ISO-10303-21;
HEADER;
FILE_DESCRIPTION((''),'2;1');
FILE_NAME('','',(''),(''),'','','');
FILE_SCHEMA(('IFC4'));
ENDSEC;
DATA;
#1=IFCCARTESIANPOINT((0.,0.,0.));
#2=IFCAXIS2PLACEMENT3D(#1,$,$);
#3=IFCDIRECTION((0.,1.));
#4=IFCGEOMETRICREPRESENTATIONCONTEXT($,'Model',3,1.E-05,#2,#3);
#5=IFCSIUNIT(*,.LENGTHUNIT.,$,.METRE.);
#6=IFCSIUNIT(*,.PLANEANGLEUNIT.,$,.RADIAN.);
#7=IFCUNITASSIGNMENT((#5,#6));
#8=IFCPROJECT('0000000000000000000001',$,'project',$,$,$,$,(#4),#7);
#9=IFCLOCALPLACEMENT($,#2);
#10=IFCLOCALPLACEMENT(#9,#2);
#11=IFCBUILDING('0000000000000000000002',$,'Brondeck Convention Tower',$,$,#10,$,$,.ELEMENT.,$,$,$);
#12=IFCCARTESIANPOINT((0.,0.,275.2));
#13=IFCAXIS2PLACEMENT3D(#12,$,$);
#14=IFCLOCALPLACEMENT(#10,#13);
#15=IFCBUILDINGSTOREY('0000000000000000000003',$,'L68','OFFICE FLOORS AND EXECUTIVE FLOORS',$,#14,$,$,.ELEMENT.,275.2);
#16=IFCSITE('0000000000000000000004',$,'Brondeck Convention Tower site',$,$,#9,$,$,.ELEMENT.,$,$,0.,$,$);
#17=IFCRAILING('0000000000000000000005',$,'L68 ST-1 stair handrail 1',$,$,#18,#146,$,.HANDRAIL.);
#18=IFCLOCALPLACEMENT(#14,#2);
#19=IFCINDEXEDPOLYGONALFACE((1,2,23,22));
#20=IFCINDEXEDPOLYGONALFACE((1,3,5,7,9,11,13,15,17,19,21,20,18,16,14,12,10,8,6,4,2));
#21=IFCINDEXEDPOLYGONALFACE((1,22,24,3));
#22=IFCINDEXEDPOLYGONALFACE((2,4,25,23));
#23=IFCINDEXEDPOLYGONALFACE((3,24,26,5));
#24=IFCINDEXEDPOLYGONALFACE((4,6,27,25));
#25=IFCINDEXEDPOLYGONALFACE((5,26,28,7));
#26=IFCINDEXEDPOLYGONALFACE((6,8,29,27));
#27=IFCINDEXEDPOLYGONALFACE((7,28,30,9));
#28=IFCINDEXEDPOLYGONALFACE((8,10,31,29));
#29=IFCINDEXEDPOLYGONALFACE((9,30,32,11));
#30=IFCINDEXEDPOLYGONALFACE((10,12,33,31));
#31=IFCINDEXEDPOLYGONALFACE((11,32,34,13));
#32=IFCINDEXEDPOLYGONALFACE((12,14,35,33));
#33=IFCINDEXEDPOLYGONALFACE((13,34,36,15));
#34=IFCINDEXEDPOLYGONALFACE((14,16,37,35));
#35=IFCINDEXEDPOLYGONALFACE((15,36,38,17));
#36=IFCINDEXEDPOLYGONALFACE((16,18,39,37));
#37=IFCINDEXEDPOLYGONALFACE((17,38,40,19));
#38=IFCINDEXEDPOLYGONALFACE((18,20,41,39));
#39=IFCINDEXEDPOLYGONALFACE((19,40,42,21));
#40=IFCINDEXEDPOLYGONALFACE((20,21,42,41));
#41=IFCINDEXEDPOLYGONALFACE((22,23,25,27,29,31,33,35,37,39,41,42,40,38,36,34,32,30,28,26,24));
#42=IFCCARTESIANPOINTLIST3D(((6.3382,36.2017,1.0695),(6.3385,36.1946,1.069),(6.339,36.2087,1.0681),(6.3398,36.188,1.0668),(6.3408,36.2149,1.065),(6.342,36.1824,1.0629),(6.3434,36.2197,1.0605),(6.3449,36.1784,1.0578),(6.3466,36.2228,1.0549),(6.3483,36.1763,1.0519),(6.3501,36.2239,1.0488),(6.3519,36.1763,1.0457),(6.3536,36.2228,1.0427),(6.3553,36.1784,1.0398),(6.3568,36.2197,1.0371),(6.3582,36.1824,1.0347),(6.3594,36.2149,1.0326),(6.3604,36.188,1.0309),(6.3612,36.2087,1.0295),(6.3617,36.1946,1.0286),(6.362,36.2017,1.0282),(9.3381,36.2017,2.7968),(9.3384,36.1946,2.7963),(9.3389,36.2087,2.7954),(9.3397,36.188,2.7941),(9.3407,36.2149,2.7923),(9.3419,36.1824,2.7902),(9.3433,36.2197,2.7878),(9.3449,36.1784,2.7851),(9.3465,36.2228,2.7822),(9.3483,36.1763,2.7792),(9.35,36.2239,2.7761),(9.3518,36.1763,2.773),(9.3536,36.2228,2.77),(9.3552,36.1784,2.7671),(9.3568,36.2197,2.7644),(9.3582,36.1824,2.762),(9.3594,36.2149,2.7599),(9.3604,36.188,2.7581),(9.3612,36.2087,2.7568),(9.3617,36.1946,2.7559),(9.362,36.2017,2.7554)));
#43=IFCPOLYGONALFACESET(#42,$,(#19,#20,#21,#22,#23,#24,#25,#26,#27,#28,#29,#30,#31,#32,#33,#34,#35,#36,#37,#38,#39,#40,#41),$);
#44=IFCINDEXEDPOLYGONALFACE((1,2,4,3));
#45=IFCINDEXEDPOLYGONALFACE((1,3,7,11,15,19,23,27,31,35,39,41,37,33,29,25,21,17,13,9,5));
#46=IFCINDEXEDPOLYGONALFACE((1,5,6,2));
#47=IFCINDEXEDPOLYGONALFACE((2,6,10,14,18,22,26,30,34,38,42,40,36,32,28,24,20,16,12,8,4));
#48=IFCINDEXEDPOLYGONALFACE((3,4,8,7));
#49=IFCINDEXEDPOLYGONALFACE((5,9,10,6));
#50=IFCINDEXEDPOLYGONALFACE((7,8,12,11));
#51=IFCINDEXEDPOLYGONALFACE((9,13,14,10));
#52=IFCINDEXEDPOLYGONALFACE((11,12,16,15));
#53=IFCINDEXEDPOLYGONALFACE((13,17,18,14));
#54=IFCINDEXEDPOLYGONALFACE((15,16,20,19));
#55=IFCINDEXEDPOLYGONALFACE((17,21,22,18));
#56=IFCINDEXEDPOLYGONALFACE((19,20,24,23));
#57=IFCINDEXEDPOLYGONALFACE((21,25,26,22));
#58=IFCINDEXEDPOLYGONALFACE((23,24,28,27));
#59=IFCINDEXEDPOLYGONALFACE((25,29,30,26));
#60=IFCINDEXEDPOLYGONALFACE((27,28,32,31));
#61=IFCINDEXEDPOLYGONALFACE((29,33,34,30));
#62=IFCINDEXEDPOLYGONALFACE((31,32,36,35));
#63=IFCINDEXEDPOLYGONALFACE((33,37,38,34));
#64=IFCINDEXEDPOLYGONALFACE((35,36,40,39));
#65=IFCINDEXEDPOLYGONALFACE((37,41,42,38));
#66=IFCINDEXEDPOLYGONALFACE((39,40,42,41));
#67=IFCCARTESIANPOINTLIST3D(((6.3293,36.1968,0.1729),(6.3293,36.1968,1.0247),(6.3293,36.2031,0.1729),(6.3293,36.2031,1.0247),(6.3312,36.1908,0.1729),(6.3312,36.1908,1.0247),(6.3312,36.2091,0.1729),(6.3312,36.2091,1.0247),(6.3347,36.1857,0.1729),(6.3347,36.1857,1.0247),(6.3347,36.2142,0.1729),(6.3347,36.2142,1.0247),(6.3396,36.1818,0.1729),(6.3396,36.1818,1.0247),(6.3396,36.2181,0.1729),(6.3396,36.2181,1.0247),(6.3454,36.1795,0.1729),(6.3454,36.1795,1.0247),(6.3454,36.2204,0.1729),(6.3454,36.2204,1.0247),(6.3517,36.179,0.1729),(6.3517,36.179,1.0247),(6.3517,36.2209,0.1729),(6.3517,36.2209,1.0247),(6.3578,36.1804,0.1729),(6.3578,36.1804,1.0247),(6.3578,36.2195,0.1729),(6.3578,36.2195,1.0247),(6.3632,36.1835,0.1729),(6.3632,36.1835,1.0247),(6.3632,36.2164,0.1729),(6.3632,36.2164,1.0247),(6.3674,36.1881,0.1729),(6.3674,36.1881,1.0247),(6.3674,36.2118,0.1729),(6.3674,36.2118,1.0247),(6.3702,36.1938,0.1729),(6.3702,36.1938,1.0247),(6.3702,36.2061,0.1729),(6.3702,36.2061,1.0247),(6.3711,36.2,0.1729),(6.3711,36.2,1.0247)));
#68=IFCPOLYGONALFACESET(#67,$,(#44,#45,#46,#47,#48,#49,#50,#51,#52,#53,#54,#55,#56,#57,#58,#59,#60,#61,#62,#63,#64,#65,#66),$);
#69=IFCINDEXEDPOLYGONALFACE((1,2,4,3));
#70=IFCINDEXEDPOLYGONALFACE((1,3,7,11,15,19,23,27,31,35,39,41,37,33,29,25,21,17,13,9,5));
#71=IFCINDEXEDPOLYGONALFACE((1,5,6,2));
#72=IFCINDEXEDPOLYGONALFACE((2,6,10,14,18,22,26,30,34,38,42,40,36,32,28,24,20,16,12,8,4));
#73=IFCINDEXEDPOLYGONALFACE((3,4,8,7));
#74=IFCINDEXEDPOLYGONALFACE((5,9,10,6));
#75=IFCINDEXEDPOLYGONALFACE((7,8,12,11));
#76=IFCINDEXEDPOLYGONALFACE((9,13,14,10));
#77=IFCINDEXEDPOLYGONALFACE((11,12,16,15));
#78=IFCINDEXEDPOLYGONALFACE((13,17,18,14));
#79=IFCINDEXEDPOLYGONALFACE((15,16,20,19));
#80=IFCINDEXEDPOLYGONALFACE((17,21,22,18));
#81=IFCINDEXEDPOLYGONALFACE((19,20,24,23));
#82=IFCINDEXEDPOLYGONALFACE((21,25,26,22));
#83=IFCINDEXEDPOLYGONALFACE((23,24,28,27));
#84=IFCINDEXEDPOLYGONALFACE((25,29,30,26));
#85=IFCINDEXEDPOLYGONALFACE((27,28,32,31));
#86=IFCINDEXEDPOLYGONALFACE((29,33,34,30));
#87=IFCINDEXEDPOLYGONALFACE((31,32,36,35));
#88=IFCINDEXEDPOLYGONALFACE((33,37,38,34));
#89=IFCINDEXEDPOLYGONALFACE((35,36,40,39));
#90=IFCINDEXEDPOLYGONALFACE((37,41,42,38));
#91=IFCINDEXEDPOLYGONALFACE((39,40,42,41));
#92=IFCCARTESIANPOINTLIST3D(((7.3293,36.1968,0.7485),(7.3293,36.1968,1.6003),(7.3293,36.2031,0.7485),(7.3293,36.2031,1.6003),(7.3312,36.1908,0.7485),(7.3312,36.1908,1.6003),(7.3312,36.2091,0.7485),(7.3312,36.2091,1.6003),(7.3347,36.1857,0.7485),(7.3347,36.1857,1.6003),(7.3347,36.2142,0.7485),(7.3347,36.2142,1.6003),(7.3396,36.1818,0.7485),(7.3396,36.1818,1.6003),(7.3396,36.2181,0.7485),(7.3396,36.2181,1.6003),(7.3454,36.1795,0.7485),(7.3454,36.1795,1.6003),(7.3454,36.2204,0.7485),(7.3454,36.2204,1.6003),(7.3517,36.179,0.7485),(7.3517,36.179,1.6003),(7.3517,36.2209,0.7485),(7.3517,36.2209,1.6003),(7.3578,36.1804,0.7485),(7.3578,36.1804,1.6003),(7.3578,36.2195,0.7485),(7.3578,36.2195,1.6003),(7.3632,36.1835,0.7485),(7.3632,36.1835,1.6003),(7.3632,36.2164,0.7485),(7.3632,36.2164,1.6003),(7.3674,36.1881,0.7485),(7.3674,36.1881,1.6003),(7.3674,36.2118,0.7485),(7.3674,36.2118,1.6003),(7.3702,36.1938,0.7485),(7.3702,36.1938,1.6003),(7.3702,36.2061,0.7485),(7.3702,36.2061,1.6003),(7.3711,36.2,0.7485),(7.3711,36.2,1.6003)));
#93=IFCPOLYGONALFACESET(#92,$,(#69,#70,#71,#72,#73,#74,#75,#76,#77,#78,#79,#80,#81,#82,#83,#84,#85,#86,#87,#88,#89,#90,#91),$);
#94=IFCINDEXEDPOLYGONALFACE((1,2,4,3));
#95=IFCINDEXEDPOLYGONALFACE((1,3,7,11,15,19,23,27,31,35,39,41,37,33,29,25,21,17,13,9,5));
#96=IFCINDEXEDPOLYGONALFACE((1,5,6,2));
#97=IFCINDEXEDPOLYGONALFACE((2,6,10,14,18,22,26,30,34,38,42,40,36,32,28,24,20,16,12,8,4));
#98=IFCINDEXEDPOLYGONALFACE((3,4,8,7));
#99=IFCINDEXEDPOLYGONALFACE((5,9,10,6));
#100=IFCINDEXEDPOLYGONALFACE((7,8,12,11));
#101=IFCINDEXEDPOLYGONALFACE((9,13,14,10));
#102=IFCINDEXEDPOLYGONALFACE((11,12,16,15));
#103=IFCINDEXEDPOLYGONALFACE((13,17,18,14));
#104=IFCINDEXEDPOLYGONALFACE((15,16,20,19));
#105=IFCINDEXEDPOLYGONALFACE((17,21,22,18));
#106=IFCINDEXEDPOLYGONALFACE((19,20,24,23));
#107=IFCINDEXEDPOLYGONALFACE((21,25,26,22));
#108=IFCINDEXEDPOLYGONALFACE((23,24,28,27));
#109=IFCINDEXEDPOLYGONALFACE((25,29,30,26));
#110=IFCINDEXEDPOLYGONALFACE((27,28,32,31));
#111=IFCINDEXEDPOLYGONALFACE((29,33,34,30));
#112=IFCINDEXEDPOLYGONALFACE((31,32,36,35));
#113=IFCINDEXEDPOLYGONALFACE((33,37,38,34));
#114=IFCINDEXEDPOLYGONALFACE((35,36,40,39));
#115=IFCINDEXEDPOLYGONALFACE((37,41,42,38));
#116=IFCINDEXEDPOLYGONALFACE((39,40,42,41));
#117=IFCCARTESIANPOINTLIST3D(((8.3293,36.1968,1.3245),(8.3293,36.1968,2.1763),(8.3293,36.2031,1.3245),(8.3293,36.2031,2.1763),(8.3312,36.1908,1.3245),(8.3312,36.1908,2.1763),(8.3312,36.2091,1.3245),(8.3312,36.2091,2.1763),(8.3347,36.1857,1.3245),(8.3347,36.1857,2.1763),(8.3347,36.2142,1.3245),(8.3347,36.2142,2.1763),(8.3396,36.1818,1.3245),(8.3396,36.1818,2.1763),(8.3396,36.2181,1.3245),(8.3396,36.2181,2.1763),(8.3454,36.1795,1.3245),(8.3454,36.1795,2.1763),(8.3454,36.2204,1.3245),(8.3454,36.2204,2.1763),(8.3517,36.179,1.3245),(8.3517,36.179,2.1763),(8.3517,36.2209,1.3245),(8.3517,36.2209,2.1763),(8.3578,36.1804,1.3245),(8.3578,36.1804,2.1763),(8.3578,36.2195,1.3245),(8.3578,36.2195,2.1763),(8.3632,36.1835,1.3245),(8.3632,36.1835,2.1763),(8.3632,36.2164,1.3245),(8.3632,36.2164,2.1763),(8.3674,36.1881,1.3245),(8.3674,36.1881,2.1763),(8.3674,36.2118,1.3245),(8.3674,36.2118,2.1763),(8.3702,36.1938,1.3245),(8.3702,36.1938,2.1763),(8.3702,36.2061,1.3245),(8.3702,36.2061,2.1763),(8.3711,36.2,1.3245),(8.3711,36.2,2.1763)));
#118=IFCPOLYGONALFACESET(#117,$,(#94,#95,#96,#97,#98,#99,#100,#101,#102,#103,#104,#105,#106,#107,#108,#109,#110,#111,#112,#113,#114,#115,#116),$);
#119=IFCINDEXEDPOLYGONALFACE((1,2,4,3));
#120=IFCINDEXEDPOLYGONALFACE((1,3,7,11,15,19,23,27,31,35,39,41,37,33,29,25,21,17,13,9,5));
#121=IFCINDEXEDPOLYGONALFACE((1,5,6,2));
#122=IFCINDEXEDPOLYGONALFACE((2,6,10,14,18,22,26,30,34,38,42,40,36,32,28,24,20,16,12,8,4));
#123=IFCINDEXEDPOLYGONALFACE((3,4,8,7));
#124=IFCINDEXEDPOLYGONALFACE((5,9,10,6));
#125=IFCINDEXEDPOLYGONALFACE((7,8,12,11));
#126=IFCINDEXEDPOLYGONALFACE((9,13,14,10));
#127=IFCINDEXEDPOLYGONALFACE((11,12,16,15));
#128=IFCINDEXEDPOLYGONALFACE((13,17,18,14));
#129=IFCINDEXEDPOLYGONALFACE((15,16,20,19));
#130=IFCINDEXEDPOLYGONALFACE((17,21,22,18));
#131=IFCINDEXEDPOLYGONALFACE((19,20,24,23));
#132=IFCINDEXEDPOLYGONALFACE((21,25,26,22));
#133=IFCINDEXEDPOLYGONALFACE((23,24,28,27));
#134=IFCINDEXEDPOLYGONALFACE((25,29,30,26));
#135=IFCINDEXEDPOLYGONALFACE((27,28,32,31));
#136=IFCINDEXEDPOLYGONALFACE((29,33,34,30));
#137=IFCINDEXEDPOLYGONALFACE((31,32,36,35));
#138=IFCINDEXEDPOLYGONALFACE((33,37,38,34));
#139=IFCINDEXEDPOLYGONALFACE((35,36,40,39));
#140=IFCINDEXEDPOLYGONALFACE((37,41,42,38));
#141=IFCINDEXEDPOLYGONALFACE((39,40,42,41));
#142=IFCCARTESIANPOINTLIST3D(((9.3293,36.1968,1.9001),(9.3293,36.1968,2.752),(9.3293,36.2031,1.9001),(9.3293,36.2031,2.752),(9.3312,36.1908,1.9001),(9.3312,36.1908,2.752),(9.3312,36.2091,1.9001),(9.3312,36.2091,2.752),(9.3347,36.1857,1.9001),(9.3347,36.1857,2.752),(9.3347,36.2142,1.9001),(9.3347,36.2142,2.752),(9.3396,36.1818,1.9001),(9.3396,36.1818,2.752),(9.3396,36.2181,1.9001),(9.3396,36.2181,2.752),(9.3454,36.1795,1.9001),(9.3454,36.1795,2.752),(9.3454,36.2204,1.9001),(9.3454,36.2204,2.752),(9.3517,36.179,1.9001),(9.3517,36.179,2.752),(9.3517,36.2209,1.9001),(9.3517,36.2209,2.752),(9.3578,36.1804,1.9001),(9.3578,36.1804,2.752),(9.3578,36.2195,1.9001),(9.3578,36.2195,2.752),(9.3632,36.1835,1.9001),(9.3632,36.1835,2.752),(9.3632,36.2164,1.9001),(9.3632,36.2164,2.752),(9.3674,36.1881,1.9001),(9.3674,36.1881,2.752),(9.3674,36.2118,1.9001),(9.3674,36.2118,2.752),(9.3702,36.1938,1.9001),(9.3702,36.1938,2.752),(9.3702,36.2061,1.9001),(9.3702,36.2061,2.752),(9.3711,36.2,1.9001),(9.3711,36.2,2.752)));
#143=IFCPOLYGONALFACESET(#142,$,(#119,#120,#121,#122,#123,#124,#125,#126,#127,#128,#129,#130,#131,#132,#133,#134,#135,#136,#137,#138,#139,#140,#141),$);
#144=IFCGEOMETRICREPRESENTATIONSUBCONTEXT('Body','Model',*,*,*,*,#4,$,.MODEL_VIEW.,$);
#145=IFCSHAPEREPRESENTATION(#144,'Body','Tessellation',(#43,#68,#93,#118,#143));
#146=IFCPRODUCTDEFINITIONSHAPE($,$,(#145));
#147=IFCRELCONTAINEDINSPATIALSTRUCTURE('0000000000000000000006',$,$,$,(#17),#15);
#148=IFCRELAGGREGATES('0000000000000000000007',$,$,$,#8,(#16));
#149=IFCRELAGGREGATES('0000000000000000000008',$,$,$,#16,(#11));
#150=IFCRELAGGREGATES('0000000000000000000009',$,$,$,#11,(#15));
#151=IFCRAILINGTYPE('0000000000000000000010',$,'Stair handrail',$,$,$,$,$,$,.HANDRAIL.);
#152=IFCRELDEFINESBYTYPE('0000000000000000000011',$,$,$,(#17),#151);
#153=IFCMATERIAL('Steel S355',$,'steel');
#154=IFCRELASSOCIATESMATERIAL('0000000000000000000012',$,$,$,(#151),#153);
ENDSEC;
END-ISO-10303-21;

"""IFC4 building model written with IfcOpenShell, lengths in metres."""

from ifc_helpers import new_model, si_unit, direction, frame, origin, origin_2d, place, context, subcontext, project, spatial, circle, extrude, material, type_object, element, save


model = new_model("IFC4")

# Units and contexts
model_context = context("Model", 3, precision=1e-05, world=origin(), true_north=direction((0.0, 1.0)))
body_context = subcontext(model_context, "Body", "Model", "MODEL_VIEW")
ifc_project = project(units=[si_unit("LENGTHUNIT", "METRE"), si_unit("PLANEANGLEUNIT", "RADIAN")], contexts=[model_context])

# Site, building, storey
site_placement = place(None, origin())
site = spatial("IfcSite", under=ifc_project, at=site_placement, Name="Brondeck Convention Tower site", CompositionType="ELEMENT", RefElevation=0.0)
building_placement = place(site_placement, origin())
building = spatial("IfcBuilding", under=site, at=building_placement, Name="Brondeck Convention Tower", CompositionType="ELEMENT")
storey_placement = place(building_placement, frame((0.0, 0.0, 275.2)))
storey = spatial("IfcBuildingStorey", under=building, at=storey_placement, Name="L68", Description="OFFICE FLOORS AND EXECUTIVE FLOORS", CompositionType="ELEMENT", Elevation=275.2)

# Railing
ifc_material_1 = material(Name="Steel S355", Category="steel")
railing_type_1 = type_object("IfcRailingType", Name="Stair handrail", PredefinedType="HANDRAIL", material=ifc_material_1)
railing_1_placement = place(storey_placement, frame((6.3501, 36.2, 0.1729)))
element("IfcRailing", 1, at=railing_1_placement, inside=storey, type_object=railing_type_1, Name="L68 ST-1 stair handrail 1", PredefinedType="HANDRAIL", context=body_context, shape_type="SweptSolid", body=[
    extrude(circle(Radius=0.0239, at=origin_2d()), frame((0.0, 0.0, 0.876), z_axis=(0.86662, 0.0, 0.498969), x_axis=(0.0, 1.0, 0.0)), (0.0, 0.0, 1.0), 3.4617),
    extrude(circle(Radius=0.021, at=origin_2d()), origin(), (0.0, 0.0, 1.0), 0.8518),
    extrude(circle(Radius=0.021, at=origin_2d()), frame((1.0, 0.0, 0.5757)), (0.0, 0.0, 1.0), 0.8518),
    extrude(circle(Radius=0.021, at=origin_2d()), frame((2.0, 0.0, 1.1516)), (0.0, 0.0, 1.0), 0.8518),
    extrude(circle(Radius=0.021, at=origin_2d()), frame((3.0, 0.0, 1.7273)), (0.0, 0.0, 1.0), 0.8518),
])

save(model, "model.ifc")
